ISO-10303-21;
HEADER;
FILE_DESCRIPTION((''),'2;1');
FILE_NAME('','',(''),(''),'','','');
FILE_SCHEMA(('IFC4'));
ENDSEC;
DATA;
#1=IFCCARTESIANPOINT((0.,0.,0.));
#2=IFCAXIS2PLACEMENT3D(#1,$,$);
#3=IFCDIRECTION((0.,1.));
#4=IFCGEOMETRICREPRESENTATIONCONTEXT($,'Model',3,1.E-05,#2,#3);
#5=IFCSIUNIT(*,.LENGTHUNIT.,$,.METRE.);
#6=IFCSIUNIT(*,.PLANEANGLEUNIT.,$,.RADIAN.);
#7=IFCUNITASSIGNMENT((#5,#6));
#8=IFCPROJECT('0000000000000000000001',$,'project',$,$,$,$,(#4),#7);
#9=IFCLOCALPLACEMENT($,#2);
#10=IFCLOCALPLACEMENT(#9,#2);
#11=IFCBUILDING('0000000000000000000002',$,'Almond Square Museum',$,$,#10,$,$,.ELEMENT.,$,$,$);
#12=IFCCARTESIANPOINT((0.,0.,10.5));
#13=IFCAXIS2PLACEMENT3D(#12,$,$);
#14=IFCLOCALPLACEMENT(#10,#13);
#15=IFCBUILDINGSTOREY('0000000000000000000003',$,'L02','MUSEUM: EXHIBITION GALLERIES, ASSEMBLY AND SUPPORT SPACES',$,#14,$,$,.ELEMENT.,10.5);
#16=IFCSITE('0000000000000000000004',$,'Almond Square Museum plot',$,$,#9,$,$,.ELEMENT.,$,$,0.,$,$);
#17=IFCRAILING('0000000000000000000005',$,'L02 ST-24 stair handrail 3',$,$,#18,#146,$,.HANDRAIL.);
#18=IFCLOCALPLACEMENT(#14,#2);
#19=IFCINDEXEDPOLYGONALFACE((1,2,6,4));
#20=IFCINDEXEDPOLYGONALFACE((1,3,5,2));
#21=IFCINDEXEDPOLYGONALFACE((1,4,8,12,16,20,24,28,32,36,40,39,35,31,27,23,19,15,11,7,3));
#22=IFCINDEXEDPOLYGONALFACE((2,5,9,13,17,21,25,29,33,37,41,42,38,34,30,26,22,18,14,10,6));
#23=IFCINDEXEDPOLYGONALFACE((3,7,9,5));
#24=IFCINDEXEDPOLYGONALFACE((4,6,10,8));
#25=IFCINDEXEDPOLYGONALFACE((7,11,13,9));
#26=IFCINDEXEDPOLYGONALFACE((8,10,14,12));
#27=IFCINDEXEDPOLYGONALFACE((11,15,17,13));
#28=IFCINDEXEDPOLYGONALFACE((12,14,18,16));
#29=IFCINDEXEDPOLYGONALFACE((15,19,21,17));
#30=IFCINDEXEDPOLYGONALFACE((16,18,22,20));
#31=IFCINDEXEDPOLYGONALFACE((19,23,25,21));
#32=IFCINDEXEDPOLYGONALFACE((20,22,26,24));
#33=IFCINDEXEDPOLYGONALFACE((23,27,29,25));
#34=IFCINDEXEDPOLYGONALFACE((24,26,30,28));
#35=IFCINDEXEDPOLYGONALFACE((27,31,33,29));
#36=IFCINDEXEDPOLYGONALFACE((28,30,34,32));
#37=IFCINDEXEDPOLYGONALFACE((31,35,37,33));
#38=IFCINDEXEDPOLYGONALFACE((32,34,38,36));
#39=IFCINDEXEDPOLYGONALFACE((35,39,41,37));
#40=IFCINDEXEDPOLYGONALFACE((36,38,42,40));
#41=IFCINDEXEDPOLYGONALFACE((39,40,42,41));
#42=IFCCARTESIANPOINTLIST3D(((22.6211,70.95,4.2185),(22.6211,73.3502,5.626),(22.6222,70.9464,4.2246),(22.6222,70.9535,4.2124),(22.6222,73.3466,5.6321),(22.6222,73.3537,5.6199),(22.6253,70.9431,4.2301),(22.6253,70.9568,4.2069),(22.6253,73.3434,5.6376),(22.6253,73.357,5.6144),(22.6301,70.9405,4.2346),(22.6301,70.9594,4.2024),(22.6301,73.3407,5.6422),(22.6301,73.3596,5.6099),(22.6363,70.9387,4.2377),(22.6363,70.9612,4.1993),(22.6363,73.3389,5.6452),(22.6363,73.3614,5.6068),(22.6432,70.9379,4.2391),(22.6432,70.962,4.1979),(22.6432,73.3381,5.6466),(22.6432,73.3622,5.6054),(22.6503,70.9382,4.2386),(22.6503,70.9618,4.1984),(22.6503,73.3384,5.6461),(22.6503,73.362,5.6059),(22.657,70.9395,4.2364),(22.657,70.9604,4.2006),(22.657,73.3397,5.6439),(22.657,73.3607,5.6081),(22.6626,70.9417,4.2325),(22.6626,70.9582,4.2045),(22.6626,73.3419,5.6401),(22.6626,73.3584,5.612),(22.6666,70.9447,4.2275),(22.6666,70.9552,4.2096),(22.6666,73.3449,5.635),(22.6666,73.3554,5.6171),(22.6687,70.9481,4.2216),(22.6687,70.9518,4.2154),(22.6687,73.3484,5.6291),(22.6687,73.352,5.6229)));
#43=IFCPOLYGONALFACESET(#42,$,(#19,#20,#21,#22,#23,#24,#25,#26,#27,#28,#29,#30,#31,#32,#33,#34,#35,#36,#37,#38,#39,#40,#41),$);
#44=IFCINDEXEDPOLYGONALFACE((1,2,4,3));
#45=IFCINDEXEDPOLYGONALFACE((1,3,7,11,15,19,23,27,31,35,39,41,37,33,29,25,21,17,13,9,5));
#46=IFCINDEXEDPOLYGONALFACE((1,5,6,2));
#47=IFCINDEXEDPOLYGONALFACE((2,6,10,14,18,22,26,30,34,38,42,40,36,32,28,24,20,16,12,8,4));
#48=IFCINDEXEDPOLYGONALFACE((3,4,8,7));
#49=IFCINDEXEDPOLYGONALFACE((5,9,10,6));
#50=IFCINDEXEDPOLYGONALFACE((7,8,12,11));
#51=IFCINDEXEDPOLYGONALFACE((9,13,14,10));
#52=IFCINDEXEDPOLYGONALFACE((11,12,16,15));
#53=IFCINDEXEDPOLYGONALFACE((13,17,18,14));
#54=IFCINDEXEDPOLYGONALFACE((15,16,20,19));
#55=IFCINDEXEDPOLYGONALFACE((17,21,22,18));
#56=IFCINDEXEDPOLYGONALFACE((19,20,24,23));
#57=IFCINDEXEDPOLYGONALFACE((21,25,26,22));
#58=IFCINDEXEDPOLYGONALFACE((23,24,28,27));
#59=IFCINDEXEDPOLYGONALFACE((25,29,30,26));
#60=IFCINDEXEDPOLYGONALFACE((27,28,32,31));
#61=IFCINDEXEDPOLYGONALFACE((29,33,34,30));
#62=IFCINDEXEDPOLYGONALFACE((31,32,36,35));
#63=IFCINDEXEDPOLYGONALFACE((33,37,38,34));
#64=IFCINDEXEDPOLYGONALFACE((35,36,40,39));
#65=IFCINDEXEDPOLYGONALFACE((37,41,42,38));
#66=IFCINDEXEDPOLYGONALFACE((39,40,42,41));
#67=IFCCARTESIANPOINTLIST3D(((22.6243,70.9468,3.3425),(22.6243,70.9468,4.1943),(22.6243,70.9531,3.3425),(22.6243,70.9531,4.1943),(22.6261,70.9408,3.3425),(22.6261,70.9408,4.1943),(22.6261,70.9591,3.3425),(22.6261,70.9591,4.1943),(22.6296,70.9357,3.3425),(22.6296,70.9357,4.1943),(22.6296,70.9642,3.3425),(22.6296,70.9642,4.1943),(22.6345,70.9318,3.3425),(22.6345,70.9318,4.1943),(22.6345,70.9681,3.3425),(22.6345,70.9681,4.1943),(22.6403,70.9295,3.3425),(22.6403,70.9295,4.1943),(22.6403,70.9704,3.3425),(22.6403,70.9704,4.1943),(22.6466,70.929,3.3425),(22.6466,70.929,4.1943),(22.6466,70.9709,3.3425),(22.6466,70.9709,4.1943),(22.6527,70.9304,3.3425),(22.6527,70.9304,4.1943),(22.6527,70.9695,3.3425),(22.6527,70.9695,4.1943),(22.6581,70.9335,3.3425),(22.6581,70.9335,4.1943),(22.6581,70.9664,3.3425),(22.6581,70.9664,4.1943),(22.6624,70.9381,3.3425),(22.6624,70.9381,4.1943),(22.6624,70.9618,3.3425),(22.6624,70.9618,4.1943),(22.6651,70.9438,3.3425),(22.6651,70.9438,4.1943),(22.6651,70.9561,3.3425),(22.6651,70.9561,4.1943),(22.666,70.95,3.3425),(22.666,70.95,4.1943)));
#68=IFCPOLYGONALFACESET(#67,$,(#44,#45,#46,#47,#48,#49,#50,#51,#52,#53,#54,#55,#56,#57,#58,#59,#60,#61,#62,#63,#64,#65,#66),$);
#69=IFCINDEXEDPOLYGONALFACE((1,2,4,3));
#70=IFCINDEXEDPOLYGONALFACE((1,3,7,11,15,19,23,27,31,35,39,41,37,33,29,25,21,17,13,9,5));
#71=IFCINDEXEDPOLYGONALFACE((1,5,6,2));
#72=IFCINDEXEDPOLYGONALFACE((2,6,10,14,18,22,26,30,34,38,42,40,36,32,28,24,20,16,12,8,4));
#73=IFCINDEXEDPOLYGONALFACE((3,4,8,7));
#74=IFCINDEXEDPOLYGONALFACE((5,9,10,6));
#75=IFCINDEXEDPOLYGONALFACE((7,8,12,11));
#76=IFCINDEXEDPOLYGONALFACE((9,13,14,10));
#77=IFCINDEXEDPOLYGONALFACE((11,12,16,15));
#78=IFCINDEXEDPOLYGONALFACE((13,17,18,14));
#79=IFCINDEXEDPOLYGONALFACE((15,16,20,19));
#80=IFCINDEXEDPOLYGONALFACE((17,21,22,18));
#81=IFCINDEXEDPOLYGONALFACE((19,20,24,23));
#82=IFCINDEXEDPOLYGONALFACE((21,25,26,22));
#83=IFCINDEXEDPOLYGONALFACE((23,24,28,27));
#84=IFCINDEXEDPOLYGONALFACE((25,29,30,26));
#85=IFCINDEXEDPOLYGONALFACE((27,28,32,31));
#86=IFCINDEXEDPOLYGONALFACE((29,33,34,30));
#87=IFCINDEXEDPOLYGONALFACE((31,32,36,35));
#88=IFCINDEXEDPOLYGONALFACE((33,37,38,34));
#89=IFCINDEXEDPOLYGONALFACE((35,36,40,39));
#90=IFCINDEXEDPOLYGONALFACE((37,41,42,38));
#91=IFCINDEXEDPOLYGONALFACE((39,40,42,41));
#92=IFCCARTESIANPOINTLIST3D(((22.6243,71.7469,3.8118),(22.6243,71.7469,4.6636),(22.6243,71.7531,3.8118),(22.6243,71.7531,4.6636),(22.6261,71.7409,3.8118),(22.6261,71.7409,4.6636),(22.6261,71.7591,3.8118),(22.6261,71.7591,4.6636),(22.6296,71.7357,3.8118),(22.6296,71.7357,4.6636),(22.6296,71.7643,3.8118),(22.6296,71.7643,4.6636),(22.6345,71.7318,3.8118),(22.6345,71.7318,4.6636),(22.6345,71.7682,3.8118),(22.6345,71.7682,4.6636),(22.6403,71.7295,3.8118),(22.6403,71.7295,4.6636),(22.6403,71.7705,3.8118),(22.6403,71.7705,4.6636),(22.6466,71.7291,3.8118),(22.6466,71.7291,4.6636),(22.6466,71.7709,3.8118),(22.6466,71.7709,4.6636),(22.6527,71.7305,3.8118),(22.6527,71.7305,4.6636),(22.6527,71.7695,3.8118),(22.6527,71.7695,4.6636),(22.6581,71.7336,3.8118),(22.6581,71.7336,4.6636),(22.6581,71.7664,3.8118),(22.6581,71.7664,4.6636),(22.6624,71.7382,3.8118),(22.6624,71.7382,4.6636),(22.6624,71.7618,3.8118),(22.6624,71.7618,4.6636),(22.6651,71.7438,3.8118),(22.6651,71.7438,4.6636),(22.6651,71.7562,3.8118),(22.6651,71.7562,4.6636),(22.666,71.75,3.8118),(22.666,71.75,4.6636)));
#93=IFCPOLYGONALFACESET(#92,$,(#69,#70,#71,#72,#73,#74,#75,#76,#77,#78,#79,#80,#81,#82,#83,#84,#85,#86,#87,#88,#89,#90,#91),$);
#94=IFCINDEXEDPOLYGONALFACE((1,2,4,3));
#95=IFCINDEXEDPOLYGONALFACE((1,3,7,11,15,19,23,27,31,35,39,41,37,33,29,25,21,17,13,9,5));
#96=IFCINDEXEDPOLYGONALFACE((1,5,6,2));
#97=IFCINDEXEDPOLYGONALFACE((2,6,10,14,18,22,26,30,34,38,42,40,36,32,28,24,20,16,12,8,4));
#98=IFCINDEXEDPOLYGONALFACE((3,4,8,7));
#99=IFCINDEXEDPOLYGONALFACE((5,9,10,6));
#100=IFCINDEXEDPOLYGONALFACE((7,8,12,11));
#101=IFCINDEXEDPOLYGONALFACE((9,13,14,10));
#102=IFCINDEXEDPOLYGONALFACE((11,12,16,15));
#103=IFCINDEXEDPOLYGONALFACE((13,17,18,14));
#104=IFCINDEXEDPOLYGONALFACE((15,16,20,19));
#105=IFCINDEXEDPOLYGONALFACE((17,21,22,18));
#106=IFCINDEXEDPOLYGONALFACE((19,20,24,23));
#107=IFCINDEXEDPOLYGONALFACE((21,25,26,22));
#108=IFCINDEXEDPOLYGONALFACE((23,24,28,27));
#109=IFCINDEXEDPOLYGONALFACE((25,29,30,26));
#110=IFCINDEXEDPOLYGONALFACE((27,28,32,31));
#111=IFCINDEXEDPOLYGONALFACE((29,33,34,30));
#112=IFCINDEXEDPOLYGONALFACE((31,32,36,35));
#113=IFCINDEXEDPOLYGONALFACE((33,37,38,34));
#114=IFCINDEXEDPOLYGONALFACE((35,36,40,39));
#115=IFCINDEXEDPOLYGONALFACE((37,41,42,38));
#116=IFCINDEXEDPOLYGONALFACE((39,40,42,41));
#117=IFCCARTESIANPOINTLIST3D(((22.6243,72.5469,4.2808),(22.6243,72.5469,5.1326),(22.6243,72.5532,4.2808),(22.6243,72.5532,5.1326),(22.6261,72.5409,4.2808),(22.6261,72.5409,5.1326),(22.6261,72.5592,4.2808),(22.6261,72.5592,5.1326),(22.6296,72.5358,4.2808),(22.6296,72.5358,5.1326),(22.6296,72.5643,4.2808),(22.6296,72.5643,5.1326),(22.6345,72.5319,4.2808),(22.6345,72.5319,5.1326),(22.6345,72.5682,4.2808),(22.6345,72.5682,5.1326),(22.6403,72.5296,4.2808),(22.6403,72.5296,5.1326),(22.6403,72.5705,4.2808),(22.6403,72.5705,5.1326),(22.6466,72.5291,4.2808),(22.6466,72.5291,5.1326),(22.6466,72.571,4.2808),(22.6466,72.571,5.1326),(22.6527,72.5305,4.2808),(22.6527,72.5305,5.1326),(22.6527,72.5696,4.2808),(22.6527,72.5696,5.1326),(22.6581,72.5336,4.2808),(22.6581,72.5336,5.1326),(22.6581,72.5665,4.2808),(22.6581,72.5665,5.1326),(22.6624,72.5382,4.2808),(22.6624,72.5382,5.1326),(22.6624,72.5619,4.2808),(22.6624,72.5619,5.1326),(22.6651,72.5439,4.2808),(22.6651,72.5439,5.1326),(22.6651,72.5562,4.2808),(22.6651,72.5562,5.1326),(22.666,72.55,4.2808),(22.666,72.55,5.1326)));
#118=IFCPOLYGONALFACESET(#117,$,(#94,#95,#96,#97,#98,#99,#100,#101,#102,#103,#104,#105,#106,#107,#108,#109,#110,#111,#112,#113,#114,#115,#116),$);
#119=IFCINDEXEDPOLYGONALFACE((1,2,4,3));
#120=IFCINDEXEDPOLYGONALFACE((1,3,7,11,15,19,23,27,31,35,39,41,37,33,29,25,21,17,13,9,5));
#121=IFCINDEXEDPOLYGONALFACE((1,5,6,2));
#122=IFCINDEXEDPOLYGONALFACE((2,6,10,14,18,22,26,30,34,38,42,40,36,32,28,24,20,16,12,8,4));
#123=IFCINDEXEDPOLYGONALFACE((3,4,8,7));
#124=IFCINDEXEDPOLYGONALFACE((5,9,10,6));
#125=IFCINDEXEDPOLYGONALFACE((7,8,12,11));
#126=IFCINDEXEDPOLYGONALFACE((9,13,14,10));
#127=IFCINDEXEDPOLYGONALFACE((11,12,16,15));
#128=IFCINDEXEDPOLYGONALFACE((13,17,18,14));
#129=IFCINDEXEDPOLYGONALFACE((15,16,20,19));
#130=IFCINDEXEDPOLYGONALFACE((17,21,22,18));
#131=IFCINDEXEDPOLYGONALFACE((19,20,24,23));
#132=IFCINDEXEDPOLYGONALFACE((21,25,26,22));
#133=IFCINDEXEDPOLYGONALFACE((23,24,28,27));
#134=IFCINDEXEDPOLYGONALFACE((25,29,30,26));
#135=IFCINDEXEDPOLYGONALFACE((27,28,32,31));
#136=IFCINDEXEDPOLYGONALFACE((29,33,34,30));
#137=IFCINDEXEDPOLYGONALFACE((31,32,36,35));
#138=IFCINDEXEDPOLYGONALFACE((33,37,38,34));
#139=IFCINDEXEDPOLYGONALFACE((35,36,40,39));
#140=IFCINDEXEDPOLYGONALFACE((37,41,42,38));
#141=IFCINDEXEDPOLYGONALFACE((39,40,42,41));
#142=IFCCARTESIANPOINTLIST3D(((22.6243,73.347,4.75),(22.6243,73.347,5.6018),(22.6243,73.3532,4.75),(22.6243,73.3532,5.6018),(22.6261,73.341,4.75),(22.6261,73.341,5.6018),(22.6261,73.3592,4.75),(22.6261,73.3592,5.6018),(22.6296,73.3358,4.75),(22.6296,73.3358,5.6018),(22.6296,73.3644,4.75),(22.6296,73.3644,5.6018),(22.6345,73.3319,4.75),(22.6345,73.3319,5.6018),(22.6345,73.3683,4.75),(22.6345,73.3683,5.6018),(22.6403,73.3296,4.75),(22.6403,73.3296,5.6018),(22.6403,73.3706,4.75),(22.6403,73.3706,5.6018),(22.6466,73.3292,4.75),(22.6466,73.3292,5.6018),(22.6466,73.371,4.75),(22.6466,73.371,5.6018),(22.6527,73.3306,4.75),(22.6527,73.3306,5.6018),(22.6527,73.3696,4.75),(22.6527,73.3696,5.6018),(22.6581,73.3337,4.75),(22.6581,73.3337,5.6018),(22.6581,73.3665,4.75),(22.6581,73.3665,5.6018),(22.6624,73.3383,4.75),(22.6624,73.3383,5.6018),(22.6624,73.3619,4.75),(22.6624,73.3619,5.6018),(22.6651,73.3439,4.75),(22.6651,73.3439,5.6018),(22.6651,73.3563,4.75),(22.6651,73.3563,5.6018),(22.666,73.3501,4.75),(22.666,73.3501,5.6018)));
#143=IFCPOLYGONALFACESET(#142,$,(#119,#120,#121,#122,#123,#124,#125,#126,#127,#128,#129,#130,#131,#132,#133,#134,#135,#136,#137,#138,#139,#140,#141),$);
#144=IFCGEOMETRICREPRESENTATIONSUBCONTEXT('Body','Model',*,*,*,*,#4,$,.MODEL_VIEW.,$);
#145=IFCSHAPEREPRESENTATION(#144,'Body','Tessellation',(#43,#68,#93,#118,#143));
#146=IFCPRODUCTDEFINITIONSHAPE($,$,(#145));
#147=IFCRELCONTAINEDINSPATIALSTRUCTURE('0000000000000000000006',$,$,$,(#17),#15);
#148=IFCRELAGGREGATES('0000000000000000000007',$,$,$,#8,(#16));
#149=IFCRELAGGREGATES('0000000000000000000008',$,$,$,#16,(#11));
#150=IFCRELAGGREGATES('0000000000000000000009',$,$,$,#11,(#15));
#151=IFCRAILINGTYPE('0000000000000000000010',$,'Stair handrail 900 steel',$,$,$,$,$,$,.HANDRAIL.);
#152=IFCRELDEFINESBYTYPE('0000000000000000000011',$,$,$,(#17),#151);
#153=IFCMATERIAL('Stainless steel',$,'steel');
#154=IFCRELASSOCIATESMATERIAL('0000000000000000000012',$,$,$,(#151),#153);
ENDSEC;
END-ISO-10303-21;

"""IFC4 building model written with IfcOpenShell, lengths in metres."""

from ifc_helpers import new_model, si_unit, direction, frame, origin, origin_2d, place, context, subcontext, project, spatial, circle, extrude, material, type_object, element, save


model = new_model("IFC4")

# Units and contexts
model_context = context("Model", 3, precision=1e-05, world=origin(), true_north=direction((0.0, 1.0)))
body_context = subcontext(model_context, "Body", "Model", "MODEL_VIEW")
ifc_project = project(units=[si_unit("LENGTHUNIT", "METRE"), si_unit("PLANEANGLEUNIT", "RADIAN")], contexts=[model_context])

# Site, building, storey
site_placement = place(None, origin())
site = spatial("IfcSite", under=ifc_project, at=site_placement, Name="Almond Square Museum plot", CompositionType="ELEMENT", RefElevation=0.0)
building_placement = place(site_placement, origin())
building = spatial("IfcBuilding", under=site, at=building_placement, Name="Almond Square Museum", CompositionType="ELEMENT")
storey_placement = place(building_placement, frame((0.0, 0.0, 10.5)))
storey = spatial("IfcBuildingStorey", under=building, at=storey_placement, Name="L02", Description="MUSEUM: EXHIBITION GALLERIES, ASSEMBLY AND SUPPORT SPACES", CompositionType="ELEMENT", Elevation=10.5)

# Railing
ifc_material_1 = material(Name="Stainless steel", Category="steel")
railing_type_1 = type_object("IfcRailingType", Name="Stair handrail 900 steel", PredefinedType="HANDRAIL", material=ifc_material_1)
railing_1_placement = place(storey_placement, frame((22.645, 70.95, 3.3425)))
element("IfcRailing", 1, at=railing_1_placement, inside=storey, type_object=railing_type_1, Name="L02 ST-24 stair handrail 3", PredefinedType="HANDRAIL", context=body_context, shape_type="SweptSolid", body=[
    extrude(circle(Radius=0.0239, at=origin_2d()), frame((0.0, 0.0, 0.876), z_axis=(0.0, 0.862621, 0.50585), x_axis=(-1.0, 0.0, 0.0)), (0.0, 0.0, 1.0), 2.7825),
    extrude(circle(Radius=0.021, at=origin_2d()), origin(), (0.0, 0.0, 1.0), 0.8518),
    extrude(circle(Radius=0.021, at=origin_2d()), frame((0.0, 0.8, 0.4692)), (0.0, 0.0, 1.0), 0.8518),
    extrude(circle(Radius=0.021, at=origin_2d()), frame((0.0, 1.6001, 0.9382)), (0.0, 0.0, 1.0), 0.8518),
    extrude(circle(Radius=0.021, at=origin_2d()), frame((0.0, 2.4001, 1.4075)), (0.0, 0.0, 1.0), 0.8518),
])

save(model, "model.ifc")
